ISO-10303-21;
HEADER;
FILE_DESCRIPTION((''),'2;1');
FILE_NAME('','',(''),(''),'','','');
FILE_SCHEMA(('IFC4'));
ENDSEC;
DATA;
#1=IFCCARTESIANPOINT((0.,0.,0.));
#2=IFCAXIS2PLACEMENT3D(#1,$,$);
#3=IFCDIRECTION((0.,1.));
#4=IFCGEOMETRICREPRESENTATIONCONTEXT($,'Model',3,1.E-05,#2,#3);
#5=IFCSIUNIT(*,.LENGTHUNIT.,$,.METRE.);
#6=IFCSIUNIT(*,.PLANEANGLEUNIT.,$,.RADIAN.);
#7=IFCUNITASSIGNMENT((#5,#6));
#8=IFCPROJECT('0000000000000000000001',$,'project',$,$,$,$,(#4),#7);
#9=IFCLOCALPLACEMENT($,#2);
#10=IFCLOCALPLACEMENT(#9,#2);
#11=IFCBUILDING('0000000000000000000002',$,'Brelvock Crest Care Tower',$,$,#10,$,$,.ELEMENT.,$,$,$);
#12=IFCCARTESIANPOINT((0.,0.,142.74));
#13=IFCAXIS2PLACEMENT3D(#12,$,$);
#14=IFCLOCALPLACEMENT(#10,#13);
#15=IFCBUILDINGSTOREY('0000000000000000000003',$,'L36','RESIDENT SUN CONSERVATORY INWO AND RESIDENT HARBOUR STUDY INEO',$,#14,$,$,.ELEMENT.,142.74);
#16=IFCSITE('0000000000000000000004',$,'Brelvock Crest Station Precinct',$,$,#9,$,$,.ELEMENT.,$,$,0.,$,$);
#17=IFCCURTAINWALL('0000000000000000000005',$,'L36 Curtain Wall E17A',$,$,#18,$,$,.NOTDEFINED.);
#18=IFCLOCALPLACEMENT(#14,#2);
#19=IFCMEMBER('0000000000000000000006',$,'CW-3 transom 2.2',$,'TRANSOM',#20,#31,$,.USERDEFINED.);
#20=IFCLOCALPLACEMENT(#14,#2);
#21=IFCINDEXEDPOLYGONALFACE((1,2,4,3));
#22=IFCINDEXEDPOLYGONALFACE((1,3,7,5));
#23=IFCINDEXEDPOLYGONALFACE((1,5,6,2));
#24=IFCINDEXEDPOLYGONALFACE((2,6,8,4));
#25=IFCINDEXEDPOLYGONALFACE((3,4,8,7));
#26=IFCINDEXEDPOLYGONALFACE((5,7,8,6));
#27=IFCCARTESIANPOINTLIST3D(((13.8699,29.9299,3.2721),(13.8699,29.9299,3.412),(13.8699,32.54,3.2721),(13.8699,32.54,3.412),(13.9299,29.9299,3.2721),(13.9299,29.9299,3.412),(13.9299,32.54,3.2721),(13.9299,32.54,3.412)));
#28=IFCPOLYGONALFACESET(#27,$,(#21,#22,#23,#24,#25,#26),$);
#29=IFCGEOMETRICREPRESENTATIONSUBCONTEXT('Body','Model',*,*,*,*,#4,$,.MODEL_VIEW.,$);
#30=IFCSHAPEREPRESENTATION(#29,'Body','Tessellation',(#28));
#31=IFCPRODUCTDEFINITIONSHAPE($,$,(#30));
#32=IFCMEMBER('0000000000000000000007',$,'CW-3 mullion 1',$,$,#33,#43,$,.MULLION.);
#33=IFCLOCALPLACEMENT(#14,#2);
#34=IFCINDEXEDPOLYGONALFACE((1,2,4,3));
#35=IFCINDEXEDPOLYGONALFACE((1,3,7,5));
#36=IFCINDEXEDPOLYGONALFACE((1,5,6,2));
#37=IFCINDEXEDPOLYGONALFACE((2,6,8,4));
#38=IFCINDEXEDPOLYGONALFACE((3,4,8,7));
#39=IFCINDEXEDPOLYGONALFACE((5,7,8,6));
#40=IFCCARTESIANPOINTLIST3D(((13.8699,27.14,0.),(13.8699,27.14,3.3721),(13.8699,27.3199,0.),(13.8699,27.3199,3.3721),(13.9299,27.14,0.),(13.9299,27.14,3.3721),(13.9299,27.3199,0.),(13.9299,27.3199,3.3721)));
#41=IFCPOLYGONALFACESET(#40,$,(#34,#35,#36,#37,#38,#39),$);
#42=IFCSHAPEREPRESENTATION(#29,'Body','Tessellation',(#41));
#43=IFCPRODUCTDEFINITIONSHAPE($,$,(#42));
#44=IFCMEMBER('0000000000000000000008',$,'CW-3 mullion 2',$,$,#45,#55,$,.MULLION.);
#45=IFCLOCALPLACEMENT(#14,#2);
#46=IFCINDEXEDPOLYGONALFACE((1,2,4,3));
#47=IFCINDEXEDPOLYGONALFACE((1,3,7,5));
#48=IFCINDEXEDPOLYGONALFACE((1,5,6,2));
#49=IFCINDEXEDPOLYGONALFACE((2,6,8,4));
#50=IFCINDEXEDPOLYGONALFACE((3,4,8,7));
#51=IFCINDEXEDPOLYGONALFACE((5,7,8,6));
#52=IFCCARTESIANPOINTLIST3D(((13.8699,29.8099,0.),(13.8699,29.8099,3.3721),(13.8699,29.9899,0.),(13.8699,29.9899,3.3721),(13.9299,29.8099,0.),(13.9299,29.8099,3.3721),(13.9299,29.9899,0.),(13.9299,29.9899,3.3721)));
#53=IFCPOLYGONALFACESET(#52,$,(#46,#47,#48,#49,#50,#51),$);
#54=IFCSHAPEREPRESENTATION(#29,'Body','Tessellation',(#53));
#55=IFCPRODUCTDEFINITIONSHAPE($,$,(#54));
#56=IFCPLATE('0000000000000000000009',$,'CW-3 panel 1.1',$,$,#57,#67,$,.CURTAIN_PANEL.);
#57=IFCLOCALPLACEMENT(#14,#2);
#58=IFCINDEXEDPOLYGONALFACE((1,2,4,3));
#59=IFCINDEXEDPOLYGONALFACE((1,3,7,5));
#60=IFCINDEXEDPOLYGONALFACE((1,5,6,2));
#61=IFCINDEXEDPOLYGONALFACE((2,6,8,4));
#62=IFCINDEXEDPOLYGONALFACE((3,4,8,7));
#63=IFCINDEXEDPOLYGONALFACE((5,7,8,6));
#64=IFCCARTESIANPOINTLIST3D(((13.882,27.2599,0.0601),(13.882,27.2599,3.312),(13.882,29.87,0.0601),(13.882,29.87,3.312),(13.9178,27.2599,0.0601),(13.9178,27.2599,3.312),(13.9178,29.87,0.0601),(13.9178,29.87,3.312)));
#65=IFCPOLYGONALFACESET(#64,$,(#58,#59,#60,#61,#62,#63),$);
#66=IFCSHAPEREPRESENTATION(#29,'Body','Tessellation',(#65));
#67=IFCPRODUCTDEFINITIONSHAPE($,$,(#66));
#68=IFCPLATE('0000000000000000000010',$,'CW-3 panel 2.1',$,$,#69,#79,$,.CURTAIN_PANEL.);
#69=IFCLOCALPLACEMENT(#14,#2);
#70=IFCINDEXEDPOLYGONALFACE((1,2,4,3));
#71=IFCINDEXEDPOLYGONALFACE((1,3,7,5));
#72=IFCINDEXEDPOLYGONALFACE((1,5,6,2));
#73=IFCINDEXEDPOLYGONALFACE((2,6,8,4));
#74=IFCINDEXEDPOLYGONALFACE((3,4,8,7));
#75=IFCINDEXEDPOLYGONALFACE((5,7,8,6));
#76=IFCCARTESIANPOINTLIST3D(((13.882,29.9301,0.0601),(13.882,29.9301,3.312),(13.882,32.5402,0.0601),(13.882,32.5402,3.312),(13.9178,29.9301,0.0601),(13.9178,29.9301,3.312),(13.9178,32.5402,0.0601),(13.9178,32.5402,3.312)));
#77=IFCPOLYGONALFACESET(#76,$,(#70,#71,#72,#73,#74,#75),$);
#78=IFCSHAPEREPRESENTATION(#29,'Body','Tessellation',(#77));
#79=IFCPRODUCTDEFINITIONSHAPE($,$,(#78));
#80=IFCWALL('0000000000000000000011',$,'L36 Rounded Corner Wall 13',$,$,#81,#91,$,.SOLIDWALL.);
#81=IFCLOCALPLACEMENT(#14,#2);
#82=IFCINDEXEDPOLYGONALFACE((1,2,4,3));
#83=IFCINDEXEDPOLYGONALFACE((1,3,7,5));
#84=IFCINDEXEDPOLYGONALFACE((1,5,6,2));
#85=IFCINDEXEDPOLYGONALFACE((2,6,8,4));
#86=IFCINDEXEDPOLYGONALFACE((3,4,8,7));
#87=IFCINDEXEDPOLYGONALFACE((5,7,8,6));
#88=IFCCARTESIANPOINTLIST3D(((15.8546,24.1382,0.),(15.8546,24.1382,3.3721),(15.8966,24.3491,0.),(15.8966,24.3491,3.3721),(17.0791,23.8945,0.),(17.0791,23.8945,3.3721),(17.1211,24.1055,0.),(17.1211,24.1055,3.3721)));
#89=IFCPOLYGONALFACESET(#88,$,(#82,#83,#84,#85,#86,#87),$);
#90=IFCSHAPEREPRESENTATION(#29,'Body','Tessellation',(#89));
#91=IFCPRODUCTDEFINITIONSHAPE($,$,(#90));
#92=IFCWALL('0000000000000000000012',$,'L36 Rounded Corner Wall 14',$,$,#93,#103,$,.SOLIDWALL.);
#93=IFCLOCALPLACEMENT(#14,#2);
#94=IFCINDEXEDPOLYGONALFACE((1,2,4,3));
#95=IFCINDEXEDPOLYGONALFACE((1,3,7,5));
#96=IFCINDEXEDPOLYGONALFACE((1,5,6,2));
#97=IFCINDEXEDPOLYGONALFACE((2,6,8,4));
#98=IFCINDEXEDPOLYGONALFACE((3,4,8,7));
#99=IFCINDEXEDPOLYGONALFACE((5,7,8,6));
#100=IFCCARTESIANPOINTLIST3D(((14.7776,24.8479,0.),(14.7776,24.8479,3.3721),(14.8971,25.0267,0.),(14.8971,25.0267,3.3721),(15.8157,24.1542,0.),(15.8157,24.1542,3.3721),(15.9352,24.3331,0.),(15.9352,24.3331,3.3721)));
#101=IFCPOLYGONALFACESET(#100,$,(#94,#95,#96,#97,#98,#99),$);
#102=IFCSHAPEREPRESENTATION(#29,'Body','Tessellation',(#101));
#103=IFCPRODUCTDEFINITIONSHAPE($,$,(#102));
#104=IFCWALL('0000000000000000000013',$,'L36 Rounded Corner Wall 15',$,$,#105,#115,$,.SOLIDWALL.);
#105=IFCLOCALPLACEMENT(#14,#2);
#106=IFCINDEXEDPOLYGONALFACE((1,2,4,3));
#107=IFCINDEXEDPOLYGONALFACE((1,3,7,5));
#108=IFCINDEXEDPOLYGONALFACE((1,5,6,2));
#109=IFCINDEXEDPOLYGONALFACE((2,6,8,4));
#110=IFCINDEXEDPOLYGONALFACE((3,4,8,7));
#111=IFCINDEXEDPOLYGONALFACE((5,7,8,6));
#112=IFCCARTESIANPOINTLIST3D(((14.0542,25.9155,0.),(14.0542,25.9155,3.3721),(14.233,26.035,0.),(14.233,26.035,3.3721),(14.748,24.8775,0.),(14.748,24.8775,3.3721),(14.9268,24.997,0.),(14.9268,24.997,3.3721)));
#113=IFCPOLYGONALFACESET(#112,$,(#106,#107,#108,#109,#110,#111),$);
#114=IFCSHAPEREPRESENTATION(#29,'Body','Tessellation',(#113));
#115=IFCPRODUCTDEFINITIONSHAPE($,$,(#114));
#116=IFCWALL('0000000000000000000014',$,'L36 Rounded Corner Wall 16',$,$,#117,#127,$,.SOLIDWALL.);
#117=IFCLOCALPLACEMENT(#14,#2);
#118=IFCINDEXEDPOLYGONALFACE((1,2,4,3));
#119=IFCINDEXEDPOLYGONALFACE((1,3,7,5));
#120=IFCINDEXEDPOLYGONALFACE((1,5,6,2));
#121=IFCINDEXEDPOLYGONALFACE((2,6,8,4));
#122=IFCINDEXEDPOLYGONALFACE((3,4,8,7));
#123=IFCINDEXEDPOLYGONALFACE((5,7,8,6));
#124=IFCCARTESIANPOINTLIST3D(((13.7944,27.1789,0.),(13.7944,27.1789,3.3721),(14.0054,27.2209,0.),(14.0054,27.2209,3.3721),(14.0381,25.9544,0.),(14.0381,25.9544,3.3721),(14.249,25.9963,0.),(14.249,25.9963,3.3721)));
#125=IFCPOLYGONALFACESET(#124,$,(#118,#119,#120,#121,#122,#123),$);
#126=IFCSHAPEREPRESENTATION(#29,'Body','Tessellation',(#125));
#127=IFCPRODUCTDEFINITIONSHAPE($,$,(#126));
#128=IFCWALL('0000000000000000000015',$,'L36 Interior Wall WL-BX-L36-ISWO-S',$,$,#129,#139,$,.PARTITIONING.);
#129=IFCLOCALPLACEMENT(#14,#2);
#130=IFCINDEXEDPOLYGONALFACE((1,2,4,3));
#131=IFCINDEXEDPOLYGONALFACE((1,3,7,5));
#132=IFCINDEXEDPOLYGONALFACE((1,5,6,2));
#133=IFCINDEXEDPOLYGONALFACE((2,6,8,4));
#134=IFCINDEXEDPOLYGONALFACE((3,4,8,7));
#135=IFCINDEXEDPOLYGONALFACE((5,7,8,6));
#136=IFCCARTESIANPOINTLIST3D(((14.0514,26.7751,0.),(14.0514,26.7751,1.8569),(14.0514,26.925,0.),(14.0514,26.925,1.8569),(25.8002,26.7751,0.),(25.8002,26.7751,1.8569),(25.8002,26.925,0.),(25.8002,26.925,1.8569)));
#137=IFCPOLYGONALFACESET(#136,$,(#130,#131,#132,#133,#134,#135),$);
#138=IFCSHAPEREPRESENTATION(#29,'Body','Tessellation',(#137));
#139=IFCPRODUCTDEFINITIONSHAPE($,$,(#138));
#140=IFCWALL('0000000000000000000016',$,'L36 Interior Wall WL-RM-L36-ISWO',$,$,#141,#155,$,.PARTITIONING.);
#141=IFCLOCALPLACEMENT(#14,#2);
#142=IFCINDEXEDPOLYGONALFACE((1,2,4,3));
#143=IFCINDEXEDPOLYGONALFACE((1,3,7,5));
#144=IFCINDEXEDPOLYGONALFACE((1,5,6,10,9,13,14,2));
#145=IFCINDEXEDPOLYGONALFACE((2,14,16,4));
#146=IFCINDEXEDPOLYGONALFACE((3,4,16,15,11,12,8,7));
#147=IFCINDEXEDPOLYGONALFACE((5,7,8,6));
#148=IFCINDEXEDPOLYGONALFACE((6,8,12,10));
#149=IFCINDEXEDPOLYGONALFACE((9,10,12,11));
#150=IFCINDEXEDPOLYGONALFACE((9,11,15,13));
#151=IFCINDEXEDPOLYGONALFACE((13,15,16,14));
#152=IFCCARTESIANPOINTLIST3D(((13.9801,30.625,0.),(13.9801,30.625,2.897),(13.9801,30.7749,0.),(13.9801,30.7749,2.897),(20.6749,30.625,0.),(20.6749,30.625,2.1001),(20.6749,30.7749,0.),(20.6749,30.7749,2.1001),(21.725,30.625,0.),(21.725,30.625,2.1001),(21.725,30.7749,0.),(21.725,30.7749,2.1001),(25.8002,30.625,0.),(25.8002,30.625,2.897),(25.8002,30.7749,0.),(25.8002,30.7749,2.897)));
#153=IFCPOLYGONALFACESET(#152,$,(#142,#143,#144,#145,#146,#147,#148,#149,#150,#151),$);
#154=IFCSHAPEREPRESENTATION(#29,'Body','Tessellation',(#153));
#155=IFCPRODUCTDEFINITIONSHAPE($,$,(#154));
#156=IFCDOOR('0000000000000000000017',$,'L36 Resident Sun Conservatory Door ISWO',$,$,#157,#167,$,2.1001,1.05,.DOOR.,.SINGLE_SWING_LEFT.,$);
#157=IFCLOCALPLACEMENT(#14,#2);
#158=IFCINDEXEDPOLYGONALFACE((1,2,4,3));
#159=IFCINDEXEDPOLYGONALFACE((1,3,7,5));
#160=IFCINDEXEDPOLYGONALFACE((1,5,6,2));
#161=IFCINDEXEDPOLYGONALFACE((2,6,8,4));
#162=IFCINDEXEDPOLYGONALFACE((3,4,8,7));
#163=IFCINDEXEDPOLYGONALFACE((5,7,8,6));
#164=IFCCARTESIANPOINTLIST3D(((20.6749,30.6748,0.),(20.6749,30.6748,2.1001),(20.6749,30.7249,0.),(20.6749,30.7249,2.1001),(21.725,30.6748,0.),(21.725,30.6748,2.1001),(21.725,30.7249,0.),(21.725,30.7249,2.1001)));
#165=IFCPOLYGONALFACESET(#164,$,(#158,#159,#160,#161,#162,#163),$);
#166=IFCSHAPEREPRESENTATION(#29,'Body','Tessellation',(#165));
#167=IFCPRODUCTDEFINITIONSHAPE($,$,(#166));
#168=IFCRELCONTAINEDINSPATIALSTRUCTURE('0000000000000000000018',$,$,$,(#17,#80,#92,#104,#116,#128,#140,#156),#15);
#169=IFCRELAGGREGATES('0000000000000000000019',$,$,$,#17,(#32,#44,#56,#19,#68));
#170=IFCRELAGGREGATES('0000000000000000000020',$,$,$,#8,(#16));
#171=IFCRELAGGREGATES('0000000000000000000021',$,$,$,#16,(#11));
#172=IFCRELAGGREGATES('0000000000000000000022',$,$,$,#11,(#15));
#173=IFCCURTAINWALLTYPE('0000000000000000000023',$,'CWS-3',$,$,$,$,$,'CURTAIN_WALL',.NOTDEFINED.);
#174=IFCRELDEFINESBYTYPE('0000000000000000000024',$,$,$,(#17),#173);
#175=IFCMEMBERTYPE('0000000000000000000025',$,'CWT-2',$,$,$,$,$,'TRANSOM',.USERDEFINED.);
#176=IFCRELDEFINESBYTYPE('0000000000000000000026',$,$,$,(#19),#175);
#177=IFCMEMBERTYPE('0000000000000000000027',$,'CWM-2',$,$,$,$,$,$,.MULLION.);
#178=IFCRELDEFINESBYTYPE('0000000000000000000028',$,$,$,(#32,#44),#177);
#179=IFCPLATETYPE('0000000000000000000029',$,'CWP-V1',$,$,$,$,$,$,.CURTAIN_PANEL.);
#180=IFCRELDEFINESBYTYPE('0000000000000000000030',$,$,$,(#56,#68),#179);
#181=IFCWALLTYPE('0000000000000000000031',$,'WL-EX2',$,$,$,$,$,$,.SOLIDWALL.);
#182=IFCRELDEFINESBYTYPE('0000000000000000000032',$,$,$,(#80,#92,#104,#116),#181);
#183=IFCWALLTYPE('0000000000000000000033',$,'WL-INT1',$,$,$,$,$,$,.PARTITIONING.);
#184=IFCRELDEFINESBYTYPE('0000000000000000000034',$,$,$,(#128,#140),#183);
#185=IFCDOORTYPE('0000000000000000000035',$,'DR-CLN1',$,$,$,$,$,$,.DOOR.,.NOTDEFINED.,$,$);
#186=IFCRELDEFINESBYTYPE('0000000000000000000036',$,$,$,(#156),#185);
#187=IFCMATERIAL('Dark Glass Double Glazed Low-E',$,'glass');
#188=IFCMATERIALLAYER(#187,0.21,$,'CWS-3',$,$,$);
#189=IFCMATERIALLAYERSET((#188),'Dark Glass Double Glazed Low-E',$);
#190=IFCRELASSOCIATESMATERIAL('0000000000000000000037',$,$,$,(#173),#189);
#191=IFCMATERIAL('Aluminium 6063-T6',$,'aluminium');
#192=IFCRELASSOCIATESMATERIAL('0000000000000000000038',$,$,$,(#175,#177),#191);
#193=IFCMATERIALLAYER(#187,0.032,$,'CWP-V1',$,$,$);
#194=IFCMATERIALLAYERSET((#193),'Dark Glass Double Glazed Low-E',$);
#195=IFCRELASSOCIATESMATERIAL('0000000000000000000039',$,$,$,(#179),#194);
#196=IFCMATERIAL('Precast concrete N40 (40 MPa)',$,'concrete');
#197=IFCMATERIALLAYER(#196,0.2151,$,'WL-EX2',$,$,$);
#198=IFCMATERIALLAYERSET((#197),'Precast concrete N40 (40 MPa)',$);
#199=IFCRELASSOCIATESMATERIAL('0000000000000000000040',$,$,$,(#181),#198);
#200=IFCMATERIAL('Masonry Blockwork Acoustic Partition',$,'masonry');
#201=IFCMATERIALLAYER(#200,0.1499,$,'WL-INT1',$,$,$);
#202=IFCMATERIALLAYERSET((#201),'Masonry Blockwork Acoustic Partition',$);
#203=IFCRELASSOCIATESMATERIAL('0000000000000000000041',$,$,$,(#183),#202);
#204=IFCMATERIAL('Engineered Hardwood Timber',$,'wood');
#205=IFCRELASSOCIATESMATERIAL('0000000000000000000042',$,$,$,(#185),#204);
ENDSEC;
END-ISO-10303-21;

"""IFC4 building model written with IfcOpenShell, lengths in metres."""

from ifc_helpers import new_model, si_unit, direction, frame, frame_2d, origin, origin_2d, place, context, subcontext, project, spatial, rectangle, extrude, source, transform, mapped, material, layer, layer_set, material_profile, profile_set, type_object, element, fill, aggregate, save


model = new_model("IFC4")

# Units and contexts
model_context = context("Model", 3, precision=1e-05, world=origin(), true_north=direction((0.0, 1.0)))
body_context = subcontext(model_context, "Body", "Model", "MODEL_VIEW")
ifc_project = project(units=[si_unit("LENGTHUNIT", "METRE"), si_unit("PLANEANGLEUNIT", "RADIAN")], contexts=[model_context])

# Site, building, storey
site_placement = place(None, origin())
site = spatial("IfcSite", under=ifc_project, at=site_placement, Name="Brelvock Crest Station Precinct", CompositionType="ELEMENT", RefElevation=0.0)
building_placement = place(site_placement, origin())
building = spatial("IfcBuilding", under=site, at=building_placement, Name="Brelvock Crest Care Tower", CompositionType="ELEMENT")
storey_placement = place(building_placement, frame((0.0, 0.0, 142.74)))
storey = spatial("IfcBuildingStorey", under=building, at=storey_placement, Name="L36", Description="RESIDENT SUN CONSERVATORY INWO AND RESIDENT HARBOUR STUDY INEO", CompositionType="ELEMENT", Elevation=142.74)

# Curtain wall, members, plates
ifc_material_1 = material(Name="Dark Glass Double Glazed Low-E", Category="glass")
ifc_layer_1 = layer(ifc_material_1, 0.21, Name="CWS-3")
ifc_layer_set_1 = layer_set([ifc_layer_1], Name="Dark Glass Double Glazed Low-E")
curtain_wall_type = type_object("IfcCurtainWallType", Name="CWS-3", ElementType="CURTAIN_WALL", PredefinedType="NOTDEFINED", material=ifc_layer_set_1)
curtain_wall_placement = place(storey_placement, origin())
curtain_wall = element("IfcCurtainWall", 1, at=curtain_wall_placement, inside=storey, type_object=curtain_wall_type, Name="L36 Curtain Wall E17A", PredefinedType="NOTDEFINED")
ifc_material_2 = material(Name="Aluminium 6063-T6", Category="aluminium")
ifc_material_profile_1 = material_profile(ifc_material_2, rectangle(XDim=0.0601, YDim=0.1399, at=origin_2d()), Name="ALU60x140")
ifc_profile_set_1 = profile_set([ifc_material_profile_1], Name="Aluminium 6063-T6")
member_type_1 = type_object("IfcMemberType", Name="CWT-2", ElementType="TRANSOM", PredefinedType="USERDEFINED", material=ifc_profile_set_1)
shared_shape_1 = source(origin(), body_context, "Body", "SweptSolid", [
    extrude(rectangle(XDim=0.0601, YDim=0.1399, at=origin_2d()), origin(), (0.0, 0.0, 1.0), 2.6101),
])
member_1_placement = place(storey_placement, frame((13.8999, 29.9299, 3.342), z_axis=(0.0, 1.0, 0.0), x_axis=(-1.0, 0.0, 0.0)))
member_1 = element("IfcMember", 2, at=member_1_placement, type_object=member_type_1, Name="CW-3 transom 2.2", ObjectType="TRANSOM", PredefinedType="USERDEFINED", context=body_context, shape_type="MappedRepresentation", body=[
    mapped(shared_shape_1, transform((0.0, 0.0, 0.0), x_axis=(1.0, 0.0, 0.0), y_axis=(0.0, 1.0, 0.0), z_axis=(0.0, 0.0, 1.0), scale=1.0)),
])
ifc_material_profile_2 = material_profile(ifc_material_2, rectangle(XDim=0.0601, YDim=0.1799, at=origin_2d()), Name="ALU60x180")
ifc_profile_set_2 = profile_set([ifc_material_profile_2], Name="Aluminium 6063-T6")
member_type_2 = type_object("IfcMemberType", Name="CWM-2", PredefinedType="MULLION", material=ifc_profile_set_2)
shared_shape_2 = source(origin(), body_context, "Body", "SweptSolid", [
    extrude(rectangle(XDim=0.0601, YDim=0.1799, at=origin_2d()), origin(), (0.0, 0.0, 1.0), 3.3721),
])
member_2_placement = place(storey_placement, frame((13.8999, 27.23, 0.0), z_axis=(0.0, 0.0, 1.0), x_axis=(-1.0, 0.0, 0.0)))
member_2 = element("IfcMember", 3, at=member_2_placement, type_object=member_type_2, Name="CW-3 mullion 1", PredefinedType="MULLION", context=body_context, shape_type="MappedRepresentation", body=[
    mapped(shared_shape_2, transform((0.0, 0.0, 0.0), x_axis=(1.0, 0.0, 0.0), y_axis=(0.0, 1.0, 0.0), z_axis=(0.0, 0.0, 1.0), scale=1.0)),
])
member_3_placement = place(storey_placement, frame((13.8999, 29.8999, 0.0), z_axis=(0.0, 0.0, 1.0), x_axis=(-1.0, 0.0, 0.0)))
member_3 = element("IfcMember", 4, at=member_3_placement, type_object=member_type_2, Name="CW-3 mullion 2", PredefinedType="MULLION", context=body_context, shape_type="MappedRepresentation", body=[
    mapped(shared_shape_2, transform((0.0, 0.0, 0.0), x_axis=(1.0, 0.0, 0.0), y_axis=(0.0, 1.0, 0.0), z_axis=(0.0, 0.0, 1.0), scale=1.0)),
])
ifc_layer_2 = layer(ifc_material_1, 0.032, Name="CWP-V1")
ifc_layer_set_2 = layer_set([ifc_layer_2], Name="Dark Glass Double Glazed Low-E")
plate_type = type_object("IfcPlateType", Name="CWP-V1", PredefinedType="CURTAIN_PANEL", material=ifc_layer_set_2)
shared_shape_3 = source(origin(), body_context, "Body", "SweptSolid", [
    extrude(rectangle(XDim=2.6101, YDim=0.0359, at=origin_2d()), origin(), (0.0, 0.0, 1.0), 3.252),
])
plate_1_placement = place(storey_placement, frame((13.8999, 28.5649, 0.0601), z_axis=(0.0, 0.0, 1.0), x_axis=(0.0, 1.0, 0.0)))
plate_1 = element("IfcPlate", 5, at=plate_1_placement, type_object=plate_type, Name="CW-3 panel 1.1", PredefinedType="CURTAIN_PANEL", context=body_context, shape_type="MappedRepresentation", body=[
    mapped(shared_shape_3, transform((0.0, 0.0, 0.0), x_axis=(1.0, 0.0, 0.0), y_axis=(0.0, 1.0, 0.0), z_axis=(0.0, 0.0, 1.0), scale=1.0)),
])
plate_2_placement = place(storey_placement, frame((13.8999, 31.2351, 0.0601), z_axis=(0.0, 0.0, 1.0), x_axis=(0.0, 1.0, 0.0)))
plate_2 = element("IfcPlate", 6, at=plate_2_placement, type_object=plate_type, Name="CW-3 panel 2.1", PredefinedType="CURTAIN_PANEL", context=body_context, shape_type="MappedRepresentation", body=[
    mapped(shared_shape_3, transform((0.0, 0.0, 0.0), x_axis=(1.0, 0.0, 0.0), y_axis=(0.0, 1.0, 0.0), z_axis=(0.0, 0.0, 1.0), scale=1.0)),
])
aggregate(curtain_wall, [member_2, member_3, plate_1, member_1, plate_2])

# Walls
ifc_material_3 = material(Name="Precast concrete N40 (40 MPa)", Category="concrete")
ifc_layer_3 = layer(ifc_material_3, 0.2151, Name="WL-EX2")
ifc_layer_set_3 = layer_set([ifc_layer_3], Name="Precast concrete N40 (40 MPa)")
wall_type_1 = type_object("IfcWallType", Name="WL-EX2", PredefinedType="SOLIDWALL", material=ifc_layer_set_3)
for number, where, z_axis, x_axis, name in (
    (7, (17.1001, 24.0, 0.0), (0.0, 0.0, 1.0), (-0.980776, 0.195138, 0.0), "L36 Rounded Corner Wall 13"),
    (8, (15.8755, 24.2437, 0.0), (0.0, 0.0, 1.0), (-0.831478, 0.555557, 0.0), "L36 Rounded Corner Wall 14"),
    (9, (14.8374, 24.9373, 0.0), (0.0, 0.0, 1.0), (-0.555692, 0.831388, 0.0), "L36 Rounded Corner Wall 15"),
    (10, (14.1436, 25.9753, 0.0), (0.0, 0.0, 1.0), (-0.195138, 0.980776, 0.0), "L36 Rounded Corner Wall 16"),
):
    element("IfcWall", number, at=place(storey_placement, frame(where, z_axis=z_axis, x_axis=x_axis)), inside=storey, type_object=wall_type_1, Name=name, PredefinedType="SOLIDWALL", context=body_context, shape_type="SweptSolid", body=[
        extrude(rectangle(XDim=1.2485, YDim=0.2151, at=frame_2d((0.6243, 0.0))), origin(), (0.0, 0.0, 1.0), 3.3721),
    ])
ifc_material_4 = material(Name="Masonry Blockwork Acoustic Partition", Category="masonry")
ifc_layer_4 = layer(ifc_material_4, 0.1499, Name="WL-INT1")
ifc_layer_set_4 = layer_set([ifc_layer_4], Name="Masonry Blockwork Acoustic Partition")
wall_type_2 = type_object("IfcWallType", Name="WL-INT1", PredefinedType="PARTITIONING", material=ifc_layer_set_4)
wall_1_placement = place(storey_placement, frame((14.0513, 26.8501, 0.0), z_axis=(0.0, 0.0, 1.0), x_axis=(1.0, 0.0, 0.0)))
element("IfcWall", 11, at=wall_1_placement, inside=storey, type_object=wall_type_2, Name="L36 Interior Wall WL-BX-L36-ISWO-S", PredefinedType="PARTITIONING", context=body_context, shape_type="SweptSolid", body=[
    extrude(rectangle(XDim=11.7488, YDim=0.1499, at=frame_2d((5.8745, 0.0))), origin(), (0.0, 0.0, 1.0), 1.8569),
])

# Wall, opening, door
wall_2_placement = place(storey_placement, frame((13.98, 30.7, 0.0), z_axis=(0.0, 0.0, 1.0), x_axis=(1.0, 0.0, 0.0)))
wall_2 = element("IfcWall", 12, at=wall_2_placement, inside=storey, type_object=wall_type_2, Name="L36 Interior Wall WL-RM-L36-ISWO", PredefinedType="PARTITIONING", context=body_context, shape_type="SweptSolid", body=[
    extrude(rectangle(XDim=11.8201, YDim=0.1499, at=frame_2d((5.9102, 0.0))), origin(), (0.0, 0.0, 1.0), 2.897),
])
opening_placement = place(wall_2_placement, frame((6.6951, 0.0, 0.0)))
opening = element("IfcOpeningElement", 13, at=opening_placement, cuts=wall_2, PredefinedType="OPENING", context=body_context, shape_type="SweptSolid", body=[
    extrude(rectangle(XDim=1.05, YDim=2.1001, at=origin_2d()), frame((0.5249, 0.085, 1.05), z_axis=(0.0, -1.0, 0.0), x_axis=(1.0, 0.0, 0.0)), (0.0, 0.0, 1.0), 0.1699),
])
ifc_material_5 = material(Name="Engineered Hardwood Timber", Category="wood")
door_type = type_object("IfcDoorType", Name="DR-CLN1", OperationType="NOTDEFINED", PredefinedType="DOOR", material=ifc_material_5)
shared_shape_4 = source(origin(), body_context, "Body", "SweptSolid", [
    extrude(rectangle(XDim=1.05, YDim=2.1001, at=origin_2d()), frame((0.5249, 0.0249, 1.05), z_axis=(0.0, -1.0, 0.0), x_axis=(1.0, 0.0, 0.0)), (0.0, 0.0, 1.0), 0.05),
])
door_placement = place(opening_placement, origin())
door = element("IfcDoor", 14, at=door_placement, inside=storey, type_object=door_type, Name="L36 Resident Sun Conservatory Door ISWO", OperationType="SINGLE_SWING_LEFT", OverallHeight=2.1001, OverallWidth=1.05, PredefinedType="DOOR", context=body_context, shape_type="MappedRepresentation", body=[
    mapped(shared_shape_4, transform((0.0, 0.0, 0.0), x_axis=(1.0, 0.0, 0.0), y_axis=(0.0, 1.0, 0.0), z_axis=(0.0, 0.0, 1.0), scale=1.0)),
])
fill(opening, door)

save(model, "model.ifc")
